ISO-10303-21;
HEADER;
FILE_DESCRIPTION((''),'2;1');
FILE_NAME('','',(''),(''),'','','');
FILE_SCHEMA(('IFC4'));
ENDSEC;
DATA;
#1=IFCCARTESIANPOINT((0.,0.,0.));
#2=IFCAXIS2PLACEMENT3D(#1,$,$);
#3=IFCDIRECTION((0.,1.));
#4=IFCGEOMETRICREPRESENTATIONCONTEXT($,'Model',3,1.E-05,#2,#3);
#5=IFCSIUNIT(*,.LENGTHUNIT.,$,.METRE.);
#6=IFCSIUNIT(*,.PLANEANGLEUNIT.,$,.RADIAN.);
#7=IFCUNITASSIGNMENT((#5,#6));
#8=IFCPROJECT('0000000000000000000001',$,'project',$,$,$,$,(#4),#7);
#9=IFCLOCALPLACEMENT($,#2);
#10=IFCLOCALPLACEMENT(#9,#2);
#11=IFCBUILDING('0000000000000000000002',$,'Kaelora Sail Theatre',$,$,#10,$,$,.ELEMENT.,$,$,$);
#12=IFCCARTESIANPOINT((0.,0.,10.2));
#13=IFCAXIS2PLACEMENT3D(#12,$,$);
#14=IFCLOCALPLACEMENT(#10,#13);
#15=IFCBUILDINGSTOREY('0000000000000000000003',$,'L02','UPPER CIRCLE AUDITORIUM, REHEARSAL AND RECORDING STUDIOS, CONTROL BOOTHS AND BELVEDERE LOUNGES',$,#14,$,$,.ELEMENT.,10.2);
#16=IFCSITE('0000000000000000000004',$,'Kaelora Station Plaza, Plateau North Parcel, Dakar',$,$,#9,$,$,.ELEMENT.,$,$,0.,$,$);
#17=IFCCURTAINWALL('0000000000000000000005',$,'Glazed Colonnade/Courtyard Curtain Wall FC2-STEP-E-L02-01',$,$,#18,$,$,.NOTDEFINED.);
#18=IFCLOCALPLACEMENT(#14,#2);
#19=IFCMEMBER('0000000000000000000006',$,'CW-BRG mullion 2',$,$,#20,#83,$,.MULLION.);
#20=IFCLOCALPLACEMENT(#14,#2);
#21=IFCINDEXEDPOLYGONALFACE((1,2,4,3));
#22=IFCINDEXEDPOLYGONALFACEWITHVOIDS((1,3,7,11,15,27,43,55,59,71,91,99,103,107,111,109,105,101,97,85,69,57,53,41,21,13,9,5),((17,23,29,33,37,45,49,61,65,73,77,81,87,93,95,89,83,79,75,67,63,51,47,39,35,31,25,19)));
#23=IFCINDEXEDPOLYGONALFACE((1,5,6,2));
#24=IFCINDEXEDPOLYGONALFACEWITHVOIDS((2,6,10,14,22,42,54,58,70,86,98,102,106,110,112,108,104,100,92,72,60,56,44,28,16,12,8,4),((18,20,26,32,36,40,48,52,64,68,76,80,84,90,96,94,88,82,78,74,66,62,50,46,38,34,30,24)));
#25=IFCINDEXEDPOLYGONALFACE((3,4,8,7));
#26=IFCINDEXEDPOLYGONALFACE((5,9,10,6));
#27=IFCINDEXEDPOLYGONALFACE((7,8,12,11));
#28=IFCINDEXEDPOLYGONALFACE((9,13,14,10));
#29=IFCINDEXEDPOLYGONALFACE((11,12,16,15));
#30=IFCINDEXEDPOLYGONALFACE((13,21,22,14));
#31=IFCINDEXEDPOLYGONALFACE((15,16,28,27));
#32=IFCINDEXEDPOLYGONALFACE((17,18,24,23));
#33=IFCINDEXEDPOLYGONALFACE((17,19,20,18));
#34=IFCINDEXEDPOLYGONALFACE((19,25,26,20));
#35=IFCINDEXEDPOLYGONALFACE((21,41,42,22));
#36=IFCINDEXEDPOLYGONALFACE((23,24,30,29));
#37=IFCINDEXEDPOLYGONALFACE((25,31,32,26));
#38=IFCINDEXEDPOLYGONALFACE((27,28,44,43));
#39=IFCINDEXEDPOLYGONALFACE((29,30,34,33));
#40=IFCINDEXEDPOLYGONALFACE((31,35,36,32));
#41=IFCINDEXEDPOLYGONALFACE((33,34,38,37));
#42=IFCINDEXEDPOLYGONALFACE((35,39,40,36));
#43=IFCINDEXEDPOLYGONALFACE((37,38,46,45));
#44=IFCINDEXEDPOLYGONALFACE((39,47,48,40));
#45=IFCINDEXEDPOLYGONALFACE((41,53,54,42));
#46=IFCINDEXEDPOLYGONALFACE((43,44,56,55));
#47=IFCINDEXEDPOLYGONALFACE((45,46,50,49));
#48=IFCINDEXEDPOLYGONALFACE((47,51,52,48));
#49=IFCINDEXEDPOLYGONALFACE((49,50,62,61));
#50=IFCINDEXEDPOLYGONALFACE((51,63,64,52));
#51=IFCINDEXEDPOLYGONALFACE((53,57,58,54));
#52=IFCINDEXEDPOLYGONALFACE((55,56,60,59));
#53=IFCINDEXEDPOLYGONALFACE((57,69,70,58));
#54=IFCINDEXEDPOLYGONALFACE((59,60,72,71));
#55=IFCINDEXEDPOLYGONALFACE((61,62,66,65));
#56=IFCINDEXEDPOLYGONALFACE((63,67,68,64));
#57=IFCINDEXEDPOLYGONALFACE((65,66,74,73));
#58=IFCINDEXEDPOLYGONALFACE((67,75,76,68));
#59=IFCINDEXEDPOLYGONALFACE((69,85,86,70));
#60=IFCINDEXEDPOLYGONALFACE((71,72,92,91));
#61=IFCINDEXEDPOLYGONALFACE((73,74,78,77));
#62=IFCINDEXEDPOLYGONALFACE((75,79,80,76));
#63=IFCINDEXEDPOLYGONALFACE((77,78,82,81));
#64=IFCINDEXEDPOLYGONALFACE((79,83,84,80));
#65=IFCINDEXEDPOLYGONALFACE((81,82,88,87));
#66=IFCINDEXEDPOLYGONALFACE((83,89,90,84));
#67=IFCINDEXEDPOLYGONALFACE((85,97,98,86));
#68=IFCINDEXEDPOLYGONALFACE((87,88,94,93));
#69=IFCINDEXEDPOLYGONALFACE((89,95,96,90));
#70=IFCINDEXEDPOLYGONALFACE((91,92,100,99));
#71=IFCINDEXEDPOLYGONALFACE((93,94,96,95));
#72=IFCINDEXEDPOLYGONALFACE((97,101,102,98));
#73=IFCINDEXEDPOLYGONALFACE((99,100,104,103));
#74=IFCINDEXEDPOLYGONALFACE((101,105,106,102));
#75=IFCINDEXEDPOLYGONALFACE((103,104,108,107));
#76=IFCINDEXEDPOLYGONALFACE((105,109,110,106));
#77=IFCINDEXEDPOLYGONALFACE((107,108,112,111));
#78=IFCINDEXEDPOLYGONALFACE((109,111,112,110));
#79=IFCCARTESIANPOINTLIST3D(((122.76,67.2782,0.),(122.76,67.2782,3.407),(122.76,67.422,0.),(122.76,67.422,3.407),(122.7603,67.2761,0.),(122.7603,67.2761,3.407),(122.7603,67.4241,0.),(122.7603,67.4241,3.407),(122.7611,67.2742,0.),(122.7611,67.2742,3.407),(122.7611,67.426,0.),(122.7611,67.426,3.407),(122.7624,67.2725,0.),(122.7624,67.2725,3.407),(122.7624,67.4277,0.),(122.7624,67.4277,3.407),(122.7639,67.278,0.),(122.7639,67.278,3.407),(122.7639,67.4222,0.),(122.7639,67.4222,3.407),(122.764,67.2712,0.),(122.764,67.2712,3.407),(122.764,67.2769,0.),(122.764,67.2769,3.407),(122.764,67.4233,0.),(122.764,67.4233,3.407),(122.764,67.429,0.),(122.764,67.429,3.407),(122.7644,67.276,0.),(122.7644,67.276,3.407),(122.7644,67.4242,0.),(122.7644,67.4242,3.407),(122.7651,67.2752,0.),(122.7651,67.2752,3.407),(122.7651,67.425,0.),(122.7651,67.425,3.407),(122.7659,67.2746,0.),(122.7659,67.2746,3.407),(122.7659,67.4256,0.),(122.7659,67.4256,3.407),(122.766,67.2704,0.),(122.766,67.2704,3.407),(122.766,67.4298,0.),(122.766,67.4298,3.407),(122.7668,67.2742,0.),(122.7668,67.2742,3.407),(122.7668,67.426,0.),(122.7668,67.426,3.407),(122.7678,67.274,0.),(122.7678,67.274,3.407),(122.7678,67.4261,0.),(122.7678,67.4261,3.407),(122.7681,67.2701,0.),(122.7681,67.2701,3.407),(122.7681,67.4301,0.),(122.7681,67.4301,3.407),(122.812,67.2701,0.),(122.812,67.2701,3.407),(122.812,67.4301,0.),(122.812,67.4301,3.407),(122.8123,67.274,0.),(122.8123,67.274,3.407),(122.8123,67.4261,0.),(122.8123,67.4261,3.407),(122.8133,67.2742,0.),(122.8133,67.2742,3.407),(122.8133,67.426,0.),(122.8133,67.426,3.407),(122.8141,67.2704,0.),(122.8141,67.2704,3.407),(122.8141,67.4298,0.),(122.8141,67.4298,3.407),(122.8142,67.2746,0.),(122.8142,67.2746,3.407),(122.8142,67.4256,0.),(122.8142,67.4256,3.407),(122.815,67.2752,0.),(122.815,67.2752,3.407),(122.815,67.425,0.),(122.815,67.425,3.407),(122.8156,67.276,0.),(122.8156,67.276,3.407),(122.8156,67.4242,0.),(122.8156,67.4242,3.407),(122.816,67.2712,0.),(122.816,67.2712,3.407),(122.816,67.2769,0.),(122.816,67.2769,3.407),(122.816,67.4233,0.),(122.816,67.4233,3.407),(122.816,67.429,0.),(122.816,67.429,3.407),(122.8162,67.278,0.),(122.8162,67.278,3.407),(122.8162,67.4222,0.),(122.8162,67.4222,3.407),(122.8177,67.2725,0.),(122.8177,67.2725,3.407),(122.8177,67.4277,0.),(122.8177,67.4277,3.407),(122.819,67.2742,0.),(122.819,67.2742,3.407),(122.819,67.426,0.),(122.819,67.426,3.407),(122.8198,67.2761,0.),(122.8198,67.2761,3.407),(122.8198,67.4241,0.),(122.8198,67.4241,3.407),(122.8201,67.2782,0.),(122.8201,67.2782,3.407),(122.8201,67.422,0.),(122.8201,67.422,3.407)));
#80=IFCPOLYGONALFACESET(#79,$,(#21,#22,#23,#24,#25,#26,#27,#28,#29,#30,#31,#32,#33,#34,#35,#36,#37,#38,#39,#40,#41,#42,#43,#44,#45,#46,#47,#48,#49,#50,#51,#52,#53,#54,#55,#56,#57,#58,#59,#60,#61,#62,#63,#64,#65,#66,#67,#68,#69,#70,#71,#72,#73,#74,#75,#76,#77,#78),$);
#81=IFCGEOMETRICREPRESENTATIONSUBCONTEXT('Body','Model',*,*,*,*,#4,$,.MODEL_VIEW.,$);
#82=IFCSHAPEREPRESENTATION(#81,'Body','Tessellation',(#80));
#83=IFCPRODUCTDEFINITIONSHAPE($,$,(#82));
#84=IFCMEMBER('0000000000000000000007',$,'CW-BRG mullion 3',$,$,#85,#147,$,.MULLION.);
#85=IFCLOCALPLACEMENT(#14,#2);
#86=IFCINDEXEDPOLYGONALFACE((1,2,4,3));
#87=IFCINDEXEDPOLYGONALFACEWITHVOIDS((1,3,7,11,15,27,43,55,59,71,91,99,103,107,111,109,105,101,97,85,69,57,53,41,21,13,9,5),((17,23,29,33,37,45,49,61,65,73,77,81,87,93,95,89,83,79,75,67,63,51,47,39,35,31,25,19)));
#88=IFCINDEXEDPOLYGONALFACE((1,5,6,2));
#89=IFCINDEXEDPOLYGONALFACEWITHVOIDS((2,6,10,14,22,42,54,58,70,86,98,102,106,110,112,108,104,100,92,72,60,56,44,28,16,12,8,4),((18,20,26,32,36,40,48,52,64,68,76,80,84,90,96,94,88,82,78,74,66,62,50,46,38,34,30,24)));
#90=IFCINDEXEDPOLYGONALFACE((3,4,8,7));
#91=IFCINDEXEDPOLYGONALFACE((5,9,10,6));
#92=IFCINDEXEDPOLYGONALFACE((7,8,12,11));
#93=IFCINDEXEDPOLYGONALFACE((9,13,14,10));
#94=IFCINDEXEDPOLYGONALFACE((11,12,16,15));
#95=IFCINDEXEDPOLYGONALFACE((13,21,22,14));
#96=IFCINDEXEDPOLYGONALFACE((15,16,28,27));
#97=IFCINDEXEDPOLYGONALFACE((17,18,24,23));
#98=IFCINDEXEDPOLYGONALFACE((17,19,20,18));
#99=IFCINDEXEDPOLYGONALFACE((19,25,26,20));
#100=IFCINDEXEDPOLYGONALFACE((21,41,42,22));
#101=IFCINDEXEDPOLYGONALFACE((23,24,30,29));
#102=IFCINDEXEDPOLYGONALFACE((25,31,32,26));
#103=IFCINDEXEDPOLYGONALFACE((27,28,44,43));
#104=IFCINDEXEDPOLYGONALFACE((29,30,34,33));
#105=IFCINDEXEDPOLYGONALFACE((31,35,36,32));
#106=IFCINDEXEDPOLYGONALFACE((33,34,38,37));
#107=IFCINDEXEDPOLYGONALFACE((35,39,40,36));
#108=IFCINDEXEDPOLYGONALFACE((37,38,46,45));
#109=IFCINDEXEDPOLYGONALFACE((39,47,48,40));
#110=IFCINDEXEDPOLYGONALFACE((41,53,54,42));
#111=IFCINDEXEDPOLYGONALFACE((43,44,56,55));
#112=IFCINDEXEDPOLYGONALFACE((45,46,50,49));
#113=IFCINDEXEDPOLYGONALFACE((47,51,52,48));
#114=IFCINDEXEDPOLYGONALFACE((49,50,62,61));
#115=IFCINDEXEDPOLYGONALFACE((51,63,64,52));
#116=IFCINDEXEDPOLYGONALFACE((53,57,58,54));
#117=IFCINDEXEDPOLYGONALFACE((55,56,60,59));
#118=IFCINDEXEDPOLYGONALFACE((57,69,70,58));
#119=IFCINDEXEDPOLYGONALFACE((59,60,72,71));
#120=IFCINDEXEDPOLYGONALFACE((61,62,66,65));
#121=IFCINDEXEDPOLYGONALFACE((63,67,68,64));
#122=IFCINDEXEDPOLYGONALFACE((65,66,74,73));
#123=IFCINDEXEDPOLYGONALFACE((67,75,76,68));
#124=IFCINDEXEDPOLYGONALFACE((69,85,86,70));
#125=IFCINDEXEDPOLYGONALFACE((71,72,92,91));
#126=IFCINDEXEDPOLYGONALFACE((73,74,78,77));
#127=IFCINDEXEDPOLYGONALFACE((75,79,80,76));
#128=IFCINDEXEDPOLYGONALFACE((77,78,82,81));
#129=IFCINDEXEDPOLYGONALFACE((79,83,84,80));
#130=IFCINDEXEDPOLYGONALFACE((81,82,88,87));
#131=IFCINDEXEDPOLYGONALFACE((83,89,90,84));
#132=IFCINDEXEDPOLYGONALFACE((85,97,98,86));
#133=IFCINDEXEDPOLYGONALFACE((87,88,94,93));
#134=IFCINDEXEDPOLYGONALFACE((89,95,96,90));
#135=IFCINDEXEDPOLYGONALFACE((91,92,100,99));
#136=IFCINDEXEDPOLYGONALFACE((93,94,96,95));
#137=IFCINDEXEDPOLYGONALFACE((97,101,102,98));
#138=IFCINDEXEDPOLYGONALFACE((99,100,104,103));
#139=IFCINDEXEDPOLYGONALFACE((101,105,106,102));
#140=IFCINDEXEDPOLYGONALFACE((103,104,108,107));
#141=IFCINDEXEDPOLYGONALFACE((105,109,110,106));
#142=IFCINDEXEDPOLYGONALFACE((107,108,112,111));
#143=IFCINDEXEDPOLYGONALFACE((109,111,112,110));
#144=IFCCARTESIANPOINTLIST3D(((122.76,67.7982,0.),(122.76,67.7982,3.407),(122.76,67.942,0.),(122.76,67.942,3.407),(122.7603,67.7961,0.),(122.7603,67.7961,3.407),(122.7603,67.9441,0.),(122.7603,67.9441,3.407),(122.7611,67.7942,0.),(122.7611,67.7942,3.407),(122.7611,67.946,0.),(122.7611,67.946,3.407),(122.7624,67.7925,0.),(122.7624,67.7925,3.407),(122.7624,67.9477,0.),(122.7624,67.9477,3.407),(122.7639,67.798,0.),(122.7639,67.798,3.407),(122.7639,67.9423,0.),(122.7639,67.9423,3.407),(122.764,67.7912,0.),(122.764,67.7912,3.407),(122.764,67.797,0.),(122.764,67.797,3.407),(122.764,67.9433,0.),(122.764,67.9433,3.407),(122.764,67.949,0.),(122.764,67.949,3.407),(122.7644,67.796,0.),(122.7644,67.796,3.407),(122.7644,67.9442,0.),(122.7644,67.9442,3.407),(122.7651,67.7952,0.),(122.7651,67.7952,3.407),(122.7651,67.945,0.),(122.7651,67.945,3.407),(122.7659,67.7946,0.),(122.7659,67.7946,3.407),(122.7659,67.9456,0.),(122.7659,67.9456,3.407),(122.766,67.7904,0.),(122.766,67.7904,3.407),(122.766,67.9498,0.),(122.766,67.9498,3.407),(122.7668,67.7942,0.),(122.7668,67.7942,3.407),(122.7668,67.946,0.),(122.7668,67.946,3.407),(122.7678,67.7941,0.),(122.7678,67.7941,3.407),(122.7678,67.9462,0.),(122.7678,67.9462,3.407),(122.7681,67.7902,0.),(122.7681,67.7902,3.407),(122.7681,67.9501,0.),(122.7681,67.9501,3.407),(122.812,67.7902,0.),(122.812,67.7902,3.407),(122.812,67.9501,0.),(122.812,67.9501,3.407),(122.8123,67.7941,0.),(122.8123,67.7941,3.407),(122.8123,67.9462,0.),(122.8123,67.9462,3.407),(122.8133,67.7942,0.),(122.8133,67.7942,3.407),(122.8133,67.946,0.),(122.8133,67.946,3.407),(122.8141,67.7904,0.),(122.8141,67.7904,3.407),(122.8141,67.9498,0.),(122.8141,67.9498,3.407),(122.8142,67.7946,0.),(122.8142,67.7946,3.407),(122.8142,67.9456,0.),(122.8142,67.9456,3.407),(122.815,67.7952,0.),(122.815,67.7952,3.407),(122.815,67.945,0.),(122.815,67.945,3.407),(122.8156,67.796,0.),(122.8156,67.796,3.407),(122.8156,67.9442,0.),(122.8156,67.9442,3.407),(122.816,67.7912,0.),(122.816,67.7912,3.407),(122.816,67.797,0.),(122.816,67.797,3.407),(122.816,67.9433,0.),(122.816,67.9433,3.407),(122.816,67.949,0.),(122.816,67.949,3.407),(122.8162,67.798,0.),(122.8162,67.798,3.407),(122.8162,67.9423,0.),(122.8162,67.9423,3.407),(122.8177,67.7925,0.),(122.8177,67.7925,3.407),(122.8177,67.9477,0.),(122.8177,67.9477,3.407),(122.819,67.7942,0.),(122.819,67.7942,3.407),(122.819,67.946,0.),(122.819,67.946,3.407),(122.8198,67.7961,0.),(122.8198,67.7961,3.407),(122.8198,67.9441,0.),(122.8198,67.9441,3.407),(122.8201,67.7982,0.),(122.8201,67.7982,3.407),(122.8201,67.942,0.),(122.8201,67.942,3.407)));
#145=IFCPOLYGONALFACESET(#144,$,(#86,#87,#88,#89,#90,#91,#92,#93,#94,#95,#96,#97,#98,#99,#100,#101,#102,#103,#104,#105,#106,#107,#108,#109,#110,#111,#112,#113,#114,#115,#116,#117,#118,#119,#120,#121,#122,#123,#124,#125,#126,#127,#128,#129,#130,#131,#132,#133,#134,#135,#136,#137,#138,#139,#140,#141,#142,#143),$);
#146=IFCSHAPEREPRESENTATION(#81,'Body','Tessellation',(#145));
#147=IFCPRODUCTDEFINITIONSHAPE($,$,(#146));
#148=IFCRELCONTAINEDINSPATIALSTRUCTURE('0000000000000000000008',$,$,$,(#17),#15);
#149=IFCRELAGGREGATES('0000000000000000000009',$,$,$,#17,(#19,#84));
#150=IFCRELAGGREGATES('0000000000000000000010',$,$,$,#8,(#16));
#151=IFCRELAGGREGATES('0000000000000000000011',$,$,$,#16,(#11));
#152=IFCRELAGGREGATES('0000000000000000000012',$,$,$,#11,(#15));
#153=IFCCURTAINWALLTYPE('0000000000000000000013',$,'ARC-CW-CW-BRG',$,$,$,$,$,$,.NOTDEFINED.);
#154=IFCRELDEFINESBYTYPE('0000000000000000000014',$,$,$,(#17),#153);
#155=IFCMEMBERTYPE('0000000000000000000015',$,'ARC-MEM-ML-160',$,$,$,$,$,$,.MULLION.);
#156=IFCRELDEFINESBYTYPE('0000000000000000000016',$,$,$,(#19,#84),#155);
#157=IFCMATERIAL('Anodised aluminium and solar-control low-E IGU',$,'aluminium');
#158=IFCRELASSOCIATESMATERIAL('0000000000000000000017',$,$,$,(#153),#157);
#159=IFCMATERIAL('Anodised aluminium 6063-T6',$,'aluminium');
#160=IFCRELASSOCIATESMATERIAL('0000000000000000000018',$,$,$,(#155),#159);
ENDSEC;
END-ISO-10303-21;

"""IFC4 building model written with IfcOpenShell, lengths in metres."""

from ifc_helpers import new_model, si_unit, direction, frame, origin, origin_2d, place, context, subcontext, project, spatial, hollow_rectangle, extrude, material, material_profile, profile_set, type_object, element, aggregate, save


model = new_model("IFC4")

# Units and contexts
model_context = context("Model", 3, precision=1e-05, world=origin(), true_north=direction((0.0, 1.0)))
body_context = subcontext(model_context, "Body", "Model", "MODEL_VIEW")
ifc_project = project(units=[si_unit("LENGTHUNIT", "METRE"), si_unit("PLANEANGLEUNIT", "RADIAN")], contexts=[model_context])

# Site, building, storey
site_placement = place(None, origin())
site = spatial("IfcSite", under=ifc_project, at=site_placement, Name="Kaelora Station Plaza, Plateau North Parcel, Dakar", CompositionType="ELEMENT", RefElevation=0.0)
building_placement = place(site_placement, origin())
building = spatial("IfcBuilding", under=site, at=building_placement, Name="Kaelora Sail Theatre", CompositionType="ELEMENT")
storey_placement = place(building_placement, frame((0.0, 0.0, 10.2)))
storey = spatial("IfcBuildingStorey", under=building, at=storey_placement, Name="L02", Description="UPPER CIRCLE AUDITORIUM, REHEARSAL AND RECORDING STUDIOS, CONTROL BOOTHS AND BELVEDERE LOUNGES", CompositionType="ELEMENT", Elevation=10.2)

# Curtain wall, members
ifc_material_1 = material(Name="Anodised aluminium and solar-control low-E IGU", Category="aluminium")
curtain_wall_type = type_object("IfcCurtainWallType", Name="ARC-CW-CW-BRG", PredefinedType="NOTDEFINED", material=ifc_material_1)
curtain_wall_1_placement = place(storey_placement, origin())
curtain_wall_1 = element("IfcCurtainWall", 1, at=curtain_wall_1_placement, inside=storey, type_object=curtain_wall_type, Name="Glazed Colonnade/Courtyard Curtain Wall FC2-STEP-E-L02-01", PredefinedType="NOTDEFINED")
ifc_material_2 = material(Name="Anodised aluminium 6063-T6", Category="aluminium")
ifc_material_profile_1 = material_profile(ifc_material_2, hollow_rectangle(XDim=0.0601, YDim=0.1599, WallThickness=0.0039, InnerFilletRadius=0.0039, OuterFilletRadius=0.0081, at=origin_2d()), Name="ALU-MULL 60x160x4")
ifc_profile_set_1 = profile_set([ifc_material_profile_1], Name="Anodised aluminium 6063-T6")
member_type_1 = type_object("IfcMemberType", Name="ARC-MEM-ML-160", PredefinedType="MULLION", material=ifc_profile_set_1)
member_1_placement = place(storey_placement, frame((122.79, 67.3501, 0.0), z_axis=(0.0, 0.0, 1.0), x_axis=(-1.0, 0.0, 0.0)))
member_1 = element("IfcMember", 2, at=member_1_placement, type_object=member_type_1, Name="CW-BRG mullion 2", PredefinedType="MULLION", context=body_context, shape_type="SweptSolid", body=[
    extrude(hollow_rectangle(XDim=0.0601, YDim=0.1599, WallThickness=0.0039, InnerFilletRadius=0.0039, OuterFilletRadius=0.0081, at=origin_2d()), origin(), (0.0, 0.0, 1.0), 3.407),
])
member_2_placement = place(storey_placement, frame((122.79, 67.8701, 0.0), z_axis=(0.0, 0.0, 1.0), x_axis=(-1.0, 0.0, 0.0)))
member_2 = element("IfcMember", 3, at=member_2_placement, type_object=member_type_1, Name="CW-BRG mullion 3", PredefinedType="MULLION", context=body_context, shape_type="SweptSolid", body=[
    extrude(hollow_rectangle(XDim=0.0601, YDim=0.1599, WallThickness=0.0039, InnerFilletRadius=0.0039, OuterFilletRadius=0.0081, at=origin_2d()), origin(), (0.0, 0.0, 1.0), 3.407),
])

aggregate(curtain_wall_1, [member_1, member_2])

save(model, "model.ifc")
